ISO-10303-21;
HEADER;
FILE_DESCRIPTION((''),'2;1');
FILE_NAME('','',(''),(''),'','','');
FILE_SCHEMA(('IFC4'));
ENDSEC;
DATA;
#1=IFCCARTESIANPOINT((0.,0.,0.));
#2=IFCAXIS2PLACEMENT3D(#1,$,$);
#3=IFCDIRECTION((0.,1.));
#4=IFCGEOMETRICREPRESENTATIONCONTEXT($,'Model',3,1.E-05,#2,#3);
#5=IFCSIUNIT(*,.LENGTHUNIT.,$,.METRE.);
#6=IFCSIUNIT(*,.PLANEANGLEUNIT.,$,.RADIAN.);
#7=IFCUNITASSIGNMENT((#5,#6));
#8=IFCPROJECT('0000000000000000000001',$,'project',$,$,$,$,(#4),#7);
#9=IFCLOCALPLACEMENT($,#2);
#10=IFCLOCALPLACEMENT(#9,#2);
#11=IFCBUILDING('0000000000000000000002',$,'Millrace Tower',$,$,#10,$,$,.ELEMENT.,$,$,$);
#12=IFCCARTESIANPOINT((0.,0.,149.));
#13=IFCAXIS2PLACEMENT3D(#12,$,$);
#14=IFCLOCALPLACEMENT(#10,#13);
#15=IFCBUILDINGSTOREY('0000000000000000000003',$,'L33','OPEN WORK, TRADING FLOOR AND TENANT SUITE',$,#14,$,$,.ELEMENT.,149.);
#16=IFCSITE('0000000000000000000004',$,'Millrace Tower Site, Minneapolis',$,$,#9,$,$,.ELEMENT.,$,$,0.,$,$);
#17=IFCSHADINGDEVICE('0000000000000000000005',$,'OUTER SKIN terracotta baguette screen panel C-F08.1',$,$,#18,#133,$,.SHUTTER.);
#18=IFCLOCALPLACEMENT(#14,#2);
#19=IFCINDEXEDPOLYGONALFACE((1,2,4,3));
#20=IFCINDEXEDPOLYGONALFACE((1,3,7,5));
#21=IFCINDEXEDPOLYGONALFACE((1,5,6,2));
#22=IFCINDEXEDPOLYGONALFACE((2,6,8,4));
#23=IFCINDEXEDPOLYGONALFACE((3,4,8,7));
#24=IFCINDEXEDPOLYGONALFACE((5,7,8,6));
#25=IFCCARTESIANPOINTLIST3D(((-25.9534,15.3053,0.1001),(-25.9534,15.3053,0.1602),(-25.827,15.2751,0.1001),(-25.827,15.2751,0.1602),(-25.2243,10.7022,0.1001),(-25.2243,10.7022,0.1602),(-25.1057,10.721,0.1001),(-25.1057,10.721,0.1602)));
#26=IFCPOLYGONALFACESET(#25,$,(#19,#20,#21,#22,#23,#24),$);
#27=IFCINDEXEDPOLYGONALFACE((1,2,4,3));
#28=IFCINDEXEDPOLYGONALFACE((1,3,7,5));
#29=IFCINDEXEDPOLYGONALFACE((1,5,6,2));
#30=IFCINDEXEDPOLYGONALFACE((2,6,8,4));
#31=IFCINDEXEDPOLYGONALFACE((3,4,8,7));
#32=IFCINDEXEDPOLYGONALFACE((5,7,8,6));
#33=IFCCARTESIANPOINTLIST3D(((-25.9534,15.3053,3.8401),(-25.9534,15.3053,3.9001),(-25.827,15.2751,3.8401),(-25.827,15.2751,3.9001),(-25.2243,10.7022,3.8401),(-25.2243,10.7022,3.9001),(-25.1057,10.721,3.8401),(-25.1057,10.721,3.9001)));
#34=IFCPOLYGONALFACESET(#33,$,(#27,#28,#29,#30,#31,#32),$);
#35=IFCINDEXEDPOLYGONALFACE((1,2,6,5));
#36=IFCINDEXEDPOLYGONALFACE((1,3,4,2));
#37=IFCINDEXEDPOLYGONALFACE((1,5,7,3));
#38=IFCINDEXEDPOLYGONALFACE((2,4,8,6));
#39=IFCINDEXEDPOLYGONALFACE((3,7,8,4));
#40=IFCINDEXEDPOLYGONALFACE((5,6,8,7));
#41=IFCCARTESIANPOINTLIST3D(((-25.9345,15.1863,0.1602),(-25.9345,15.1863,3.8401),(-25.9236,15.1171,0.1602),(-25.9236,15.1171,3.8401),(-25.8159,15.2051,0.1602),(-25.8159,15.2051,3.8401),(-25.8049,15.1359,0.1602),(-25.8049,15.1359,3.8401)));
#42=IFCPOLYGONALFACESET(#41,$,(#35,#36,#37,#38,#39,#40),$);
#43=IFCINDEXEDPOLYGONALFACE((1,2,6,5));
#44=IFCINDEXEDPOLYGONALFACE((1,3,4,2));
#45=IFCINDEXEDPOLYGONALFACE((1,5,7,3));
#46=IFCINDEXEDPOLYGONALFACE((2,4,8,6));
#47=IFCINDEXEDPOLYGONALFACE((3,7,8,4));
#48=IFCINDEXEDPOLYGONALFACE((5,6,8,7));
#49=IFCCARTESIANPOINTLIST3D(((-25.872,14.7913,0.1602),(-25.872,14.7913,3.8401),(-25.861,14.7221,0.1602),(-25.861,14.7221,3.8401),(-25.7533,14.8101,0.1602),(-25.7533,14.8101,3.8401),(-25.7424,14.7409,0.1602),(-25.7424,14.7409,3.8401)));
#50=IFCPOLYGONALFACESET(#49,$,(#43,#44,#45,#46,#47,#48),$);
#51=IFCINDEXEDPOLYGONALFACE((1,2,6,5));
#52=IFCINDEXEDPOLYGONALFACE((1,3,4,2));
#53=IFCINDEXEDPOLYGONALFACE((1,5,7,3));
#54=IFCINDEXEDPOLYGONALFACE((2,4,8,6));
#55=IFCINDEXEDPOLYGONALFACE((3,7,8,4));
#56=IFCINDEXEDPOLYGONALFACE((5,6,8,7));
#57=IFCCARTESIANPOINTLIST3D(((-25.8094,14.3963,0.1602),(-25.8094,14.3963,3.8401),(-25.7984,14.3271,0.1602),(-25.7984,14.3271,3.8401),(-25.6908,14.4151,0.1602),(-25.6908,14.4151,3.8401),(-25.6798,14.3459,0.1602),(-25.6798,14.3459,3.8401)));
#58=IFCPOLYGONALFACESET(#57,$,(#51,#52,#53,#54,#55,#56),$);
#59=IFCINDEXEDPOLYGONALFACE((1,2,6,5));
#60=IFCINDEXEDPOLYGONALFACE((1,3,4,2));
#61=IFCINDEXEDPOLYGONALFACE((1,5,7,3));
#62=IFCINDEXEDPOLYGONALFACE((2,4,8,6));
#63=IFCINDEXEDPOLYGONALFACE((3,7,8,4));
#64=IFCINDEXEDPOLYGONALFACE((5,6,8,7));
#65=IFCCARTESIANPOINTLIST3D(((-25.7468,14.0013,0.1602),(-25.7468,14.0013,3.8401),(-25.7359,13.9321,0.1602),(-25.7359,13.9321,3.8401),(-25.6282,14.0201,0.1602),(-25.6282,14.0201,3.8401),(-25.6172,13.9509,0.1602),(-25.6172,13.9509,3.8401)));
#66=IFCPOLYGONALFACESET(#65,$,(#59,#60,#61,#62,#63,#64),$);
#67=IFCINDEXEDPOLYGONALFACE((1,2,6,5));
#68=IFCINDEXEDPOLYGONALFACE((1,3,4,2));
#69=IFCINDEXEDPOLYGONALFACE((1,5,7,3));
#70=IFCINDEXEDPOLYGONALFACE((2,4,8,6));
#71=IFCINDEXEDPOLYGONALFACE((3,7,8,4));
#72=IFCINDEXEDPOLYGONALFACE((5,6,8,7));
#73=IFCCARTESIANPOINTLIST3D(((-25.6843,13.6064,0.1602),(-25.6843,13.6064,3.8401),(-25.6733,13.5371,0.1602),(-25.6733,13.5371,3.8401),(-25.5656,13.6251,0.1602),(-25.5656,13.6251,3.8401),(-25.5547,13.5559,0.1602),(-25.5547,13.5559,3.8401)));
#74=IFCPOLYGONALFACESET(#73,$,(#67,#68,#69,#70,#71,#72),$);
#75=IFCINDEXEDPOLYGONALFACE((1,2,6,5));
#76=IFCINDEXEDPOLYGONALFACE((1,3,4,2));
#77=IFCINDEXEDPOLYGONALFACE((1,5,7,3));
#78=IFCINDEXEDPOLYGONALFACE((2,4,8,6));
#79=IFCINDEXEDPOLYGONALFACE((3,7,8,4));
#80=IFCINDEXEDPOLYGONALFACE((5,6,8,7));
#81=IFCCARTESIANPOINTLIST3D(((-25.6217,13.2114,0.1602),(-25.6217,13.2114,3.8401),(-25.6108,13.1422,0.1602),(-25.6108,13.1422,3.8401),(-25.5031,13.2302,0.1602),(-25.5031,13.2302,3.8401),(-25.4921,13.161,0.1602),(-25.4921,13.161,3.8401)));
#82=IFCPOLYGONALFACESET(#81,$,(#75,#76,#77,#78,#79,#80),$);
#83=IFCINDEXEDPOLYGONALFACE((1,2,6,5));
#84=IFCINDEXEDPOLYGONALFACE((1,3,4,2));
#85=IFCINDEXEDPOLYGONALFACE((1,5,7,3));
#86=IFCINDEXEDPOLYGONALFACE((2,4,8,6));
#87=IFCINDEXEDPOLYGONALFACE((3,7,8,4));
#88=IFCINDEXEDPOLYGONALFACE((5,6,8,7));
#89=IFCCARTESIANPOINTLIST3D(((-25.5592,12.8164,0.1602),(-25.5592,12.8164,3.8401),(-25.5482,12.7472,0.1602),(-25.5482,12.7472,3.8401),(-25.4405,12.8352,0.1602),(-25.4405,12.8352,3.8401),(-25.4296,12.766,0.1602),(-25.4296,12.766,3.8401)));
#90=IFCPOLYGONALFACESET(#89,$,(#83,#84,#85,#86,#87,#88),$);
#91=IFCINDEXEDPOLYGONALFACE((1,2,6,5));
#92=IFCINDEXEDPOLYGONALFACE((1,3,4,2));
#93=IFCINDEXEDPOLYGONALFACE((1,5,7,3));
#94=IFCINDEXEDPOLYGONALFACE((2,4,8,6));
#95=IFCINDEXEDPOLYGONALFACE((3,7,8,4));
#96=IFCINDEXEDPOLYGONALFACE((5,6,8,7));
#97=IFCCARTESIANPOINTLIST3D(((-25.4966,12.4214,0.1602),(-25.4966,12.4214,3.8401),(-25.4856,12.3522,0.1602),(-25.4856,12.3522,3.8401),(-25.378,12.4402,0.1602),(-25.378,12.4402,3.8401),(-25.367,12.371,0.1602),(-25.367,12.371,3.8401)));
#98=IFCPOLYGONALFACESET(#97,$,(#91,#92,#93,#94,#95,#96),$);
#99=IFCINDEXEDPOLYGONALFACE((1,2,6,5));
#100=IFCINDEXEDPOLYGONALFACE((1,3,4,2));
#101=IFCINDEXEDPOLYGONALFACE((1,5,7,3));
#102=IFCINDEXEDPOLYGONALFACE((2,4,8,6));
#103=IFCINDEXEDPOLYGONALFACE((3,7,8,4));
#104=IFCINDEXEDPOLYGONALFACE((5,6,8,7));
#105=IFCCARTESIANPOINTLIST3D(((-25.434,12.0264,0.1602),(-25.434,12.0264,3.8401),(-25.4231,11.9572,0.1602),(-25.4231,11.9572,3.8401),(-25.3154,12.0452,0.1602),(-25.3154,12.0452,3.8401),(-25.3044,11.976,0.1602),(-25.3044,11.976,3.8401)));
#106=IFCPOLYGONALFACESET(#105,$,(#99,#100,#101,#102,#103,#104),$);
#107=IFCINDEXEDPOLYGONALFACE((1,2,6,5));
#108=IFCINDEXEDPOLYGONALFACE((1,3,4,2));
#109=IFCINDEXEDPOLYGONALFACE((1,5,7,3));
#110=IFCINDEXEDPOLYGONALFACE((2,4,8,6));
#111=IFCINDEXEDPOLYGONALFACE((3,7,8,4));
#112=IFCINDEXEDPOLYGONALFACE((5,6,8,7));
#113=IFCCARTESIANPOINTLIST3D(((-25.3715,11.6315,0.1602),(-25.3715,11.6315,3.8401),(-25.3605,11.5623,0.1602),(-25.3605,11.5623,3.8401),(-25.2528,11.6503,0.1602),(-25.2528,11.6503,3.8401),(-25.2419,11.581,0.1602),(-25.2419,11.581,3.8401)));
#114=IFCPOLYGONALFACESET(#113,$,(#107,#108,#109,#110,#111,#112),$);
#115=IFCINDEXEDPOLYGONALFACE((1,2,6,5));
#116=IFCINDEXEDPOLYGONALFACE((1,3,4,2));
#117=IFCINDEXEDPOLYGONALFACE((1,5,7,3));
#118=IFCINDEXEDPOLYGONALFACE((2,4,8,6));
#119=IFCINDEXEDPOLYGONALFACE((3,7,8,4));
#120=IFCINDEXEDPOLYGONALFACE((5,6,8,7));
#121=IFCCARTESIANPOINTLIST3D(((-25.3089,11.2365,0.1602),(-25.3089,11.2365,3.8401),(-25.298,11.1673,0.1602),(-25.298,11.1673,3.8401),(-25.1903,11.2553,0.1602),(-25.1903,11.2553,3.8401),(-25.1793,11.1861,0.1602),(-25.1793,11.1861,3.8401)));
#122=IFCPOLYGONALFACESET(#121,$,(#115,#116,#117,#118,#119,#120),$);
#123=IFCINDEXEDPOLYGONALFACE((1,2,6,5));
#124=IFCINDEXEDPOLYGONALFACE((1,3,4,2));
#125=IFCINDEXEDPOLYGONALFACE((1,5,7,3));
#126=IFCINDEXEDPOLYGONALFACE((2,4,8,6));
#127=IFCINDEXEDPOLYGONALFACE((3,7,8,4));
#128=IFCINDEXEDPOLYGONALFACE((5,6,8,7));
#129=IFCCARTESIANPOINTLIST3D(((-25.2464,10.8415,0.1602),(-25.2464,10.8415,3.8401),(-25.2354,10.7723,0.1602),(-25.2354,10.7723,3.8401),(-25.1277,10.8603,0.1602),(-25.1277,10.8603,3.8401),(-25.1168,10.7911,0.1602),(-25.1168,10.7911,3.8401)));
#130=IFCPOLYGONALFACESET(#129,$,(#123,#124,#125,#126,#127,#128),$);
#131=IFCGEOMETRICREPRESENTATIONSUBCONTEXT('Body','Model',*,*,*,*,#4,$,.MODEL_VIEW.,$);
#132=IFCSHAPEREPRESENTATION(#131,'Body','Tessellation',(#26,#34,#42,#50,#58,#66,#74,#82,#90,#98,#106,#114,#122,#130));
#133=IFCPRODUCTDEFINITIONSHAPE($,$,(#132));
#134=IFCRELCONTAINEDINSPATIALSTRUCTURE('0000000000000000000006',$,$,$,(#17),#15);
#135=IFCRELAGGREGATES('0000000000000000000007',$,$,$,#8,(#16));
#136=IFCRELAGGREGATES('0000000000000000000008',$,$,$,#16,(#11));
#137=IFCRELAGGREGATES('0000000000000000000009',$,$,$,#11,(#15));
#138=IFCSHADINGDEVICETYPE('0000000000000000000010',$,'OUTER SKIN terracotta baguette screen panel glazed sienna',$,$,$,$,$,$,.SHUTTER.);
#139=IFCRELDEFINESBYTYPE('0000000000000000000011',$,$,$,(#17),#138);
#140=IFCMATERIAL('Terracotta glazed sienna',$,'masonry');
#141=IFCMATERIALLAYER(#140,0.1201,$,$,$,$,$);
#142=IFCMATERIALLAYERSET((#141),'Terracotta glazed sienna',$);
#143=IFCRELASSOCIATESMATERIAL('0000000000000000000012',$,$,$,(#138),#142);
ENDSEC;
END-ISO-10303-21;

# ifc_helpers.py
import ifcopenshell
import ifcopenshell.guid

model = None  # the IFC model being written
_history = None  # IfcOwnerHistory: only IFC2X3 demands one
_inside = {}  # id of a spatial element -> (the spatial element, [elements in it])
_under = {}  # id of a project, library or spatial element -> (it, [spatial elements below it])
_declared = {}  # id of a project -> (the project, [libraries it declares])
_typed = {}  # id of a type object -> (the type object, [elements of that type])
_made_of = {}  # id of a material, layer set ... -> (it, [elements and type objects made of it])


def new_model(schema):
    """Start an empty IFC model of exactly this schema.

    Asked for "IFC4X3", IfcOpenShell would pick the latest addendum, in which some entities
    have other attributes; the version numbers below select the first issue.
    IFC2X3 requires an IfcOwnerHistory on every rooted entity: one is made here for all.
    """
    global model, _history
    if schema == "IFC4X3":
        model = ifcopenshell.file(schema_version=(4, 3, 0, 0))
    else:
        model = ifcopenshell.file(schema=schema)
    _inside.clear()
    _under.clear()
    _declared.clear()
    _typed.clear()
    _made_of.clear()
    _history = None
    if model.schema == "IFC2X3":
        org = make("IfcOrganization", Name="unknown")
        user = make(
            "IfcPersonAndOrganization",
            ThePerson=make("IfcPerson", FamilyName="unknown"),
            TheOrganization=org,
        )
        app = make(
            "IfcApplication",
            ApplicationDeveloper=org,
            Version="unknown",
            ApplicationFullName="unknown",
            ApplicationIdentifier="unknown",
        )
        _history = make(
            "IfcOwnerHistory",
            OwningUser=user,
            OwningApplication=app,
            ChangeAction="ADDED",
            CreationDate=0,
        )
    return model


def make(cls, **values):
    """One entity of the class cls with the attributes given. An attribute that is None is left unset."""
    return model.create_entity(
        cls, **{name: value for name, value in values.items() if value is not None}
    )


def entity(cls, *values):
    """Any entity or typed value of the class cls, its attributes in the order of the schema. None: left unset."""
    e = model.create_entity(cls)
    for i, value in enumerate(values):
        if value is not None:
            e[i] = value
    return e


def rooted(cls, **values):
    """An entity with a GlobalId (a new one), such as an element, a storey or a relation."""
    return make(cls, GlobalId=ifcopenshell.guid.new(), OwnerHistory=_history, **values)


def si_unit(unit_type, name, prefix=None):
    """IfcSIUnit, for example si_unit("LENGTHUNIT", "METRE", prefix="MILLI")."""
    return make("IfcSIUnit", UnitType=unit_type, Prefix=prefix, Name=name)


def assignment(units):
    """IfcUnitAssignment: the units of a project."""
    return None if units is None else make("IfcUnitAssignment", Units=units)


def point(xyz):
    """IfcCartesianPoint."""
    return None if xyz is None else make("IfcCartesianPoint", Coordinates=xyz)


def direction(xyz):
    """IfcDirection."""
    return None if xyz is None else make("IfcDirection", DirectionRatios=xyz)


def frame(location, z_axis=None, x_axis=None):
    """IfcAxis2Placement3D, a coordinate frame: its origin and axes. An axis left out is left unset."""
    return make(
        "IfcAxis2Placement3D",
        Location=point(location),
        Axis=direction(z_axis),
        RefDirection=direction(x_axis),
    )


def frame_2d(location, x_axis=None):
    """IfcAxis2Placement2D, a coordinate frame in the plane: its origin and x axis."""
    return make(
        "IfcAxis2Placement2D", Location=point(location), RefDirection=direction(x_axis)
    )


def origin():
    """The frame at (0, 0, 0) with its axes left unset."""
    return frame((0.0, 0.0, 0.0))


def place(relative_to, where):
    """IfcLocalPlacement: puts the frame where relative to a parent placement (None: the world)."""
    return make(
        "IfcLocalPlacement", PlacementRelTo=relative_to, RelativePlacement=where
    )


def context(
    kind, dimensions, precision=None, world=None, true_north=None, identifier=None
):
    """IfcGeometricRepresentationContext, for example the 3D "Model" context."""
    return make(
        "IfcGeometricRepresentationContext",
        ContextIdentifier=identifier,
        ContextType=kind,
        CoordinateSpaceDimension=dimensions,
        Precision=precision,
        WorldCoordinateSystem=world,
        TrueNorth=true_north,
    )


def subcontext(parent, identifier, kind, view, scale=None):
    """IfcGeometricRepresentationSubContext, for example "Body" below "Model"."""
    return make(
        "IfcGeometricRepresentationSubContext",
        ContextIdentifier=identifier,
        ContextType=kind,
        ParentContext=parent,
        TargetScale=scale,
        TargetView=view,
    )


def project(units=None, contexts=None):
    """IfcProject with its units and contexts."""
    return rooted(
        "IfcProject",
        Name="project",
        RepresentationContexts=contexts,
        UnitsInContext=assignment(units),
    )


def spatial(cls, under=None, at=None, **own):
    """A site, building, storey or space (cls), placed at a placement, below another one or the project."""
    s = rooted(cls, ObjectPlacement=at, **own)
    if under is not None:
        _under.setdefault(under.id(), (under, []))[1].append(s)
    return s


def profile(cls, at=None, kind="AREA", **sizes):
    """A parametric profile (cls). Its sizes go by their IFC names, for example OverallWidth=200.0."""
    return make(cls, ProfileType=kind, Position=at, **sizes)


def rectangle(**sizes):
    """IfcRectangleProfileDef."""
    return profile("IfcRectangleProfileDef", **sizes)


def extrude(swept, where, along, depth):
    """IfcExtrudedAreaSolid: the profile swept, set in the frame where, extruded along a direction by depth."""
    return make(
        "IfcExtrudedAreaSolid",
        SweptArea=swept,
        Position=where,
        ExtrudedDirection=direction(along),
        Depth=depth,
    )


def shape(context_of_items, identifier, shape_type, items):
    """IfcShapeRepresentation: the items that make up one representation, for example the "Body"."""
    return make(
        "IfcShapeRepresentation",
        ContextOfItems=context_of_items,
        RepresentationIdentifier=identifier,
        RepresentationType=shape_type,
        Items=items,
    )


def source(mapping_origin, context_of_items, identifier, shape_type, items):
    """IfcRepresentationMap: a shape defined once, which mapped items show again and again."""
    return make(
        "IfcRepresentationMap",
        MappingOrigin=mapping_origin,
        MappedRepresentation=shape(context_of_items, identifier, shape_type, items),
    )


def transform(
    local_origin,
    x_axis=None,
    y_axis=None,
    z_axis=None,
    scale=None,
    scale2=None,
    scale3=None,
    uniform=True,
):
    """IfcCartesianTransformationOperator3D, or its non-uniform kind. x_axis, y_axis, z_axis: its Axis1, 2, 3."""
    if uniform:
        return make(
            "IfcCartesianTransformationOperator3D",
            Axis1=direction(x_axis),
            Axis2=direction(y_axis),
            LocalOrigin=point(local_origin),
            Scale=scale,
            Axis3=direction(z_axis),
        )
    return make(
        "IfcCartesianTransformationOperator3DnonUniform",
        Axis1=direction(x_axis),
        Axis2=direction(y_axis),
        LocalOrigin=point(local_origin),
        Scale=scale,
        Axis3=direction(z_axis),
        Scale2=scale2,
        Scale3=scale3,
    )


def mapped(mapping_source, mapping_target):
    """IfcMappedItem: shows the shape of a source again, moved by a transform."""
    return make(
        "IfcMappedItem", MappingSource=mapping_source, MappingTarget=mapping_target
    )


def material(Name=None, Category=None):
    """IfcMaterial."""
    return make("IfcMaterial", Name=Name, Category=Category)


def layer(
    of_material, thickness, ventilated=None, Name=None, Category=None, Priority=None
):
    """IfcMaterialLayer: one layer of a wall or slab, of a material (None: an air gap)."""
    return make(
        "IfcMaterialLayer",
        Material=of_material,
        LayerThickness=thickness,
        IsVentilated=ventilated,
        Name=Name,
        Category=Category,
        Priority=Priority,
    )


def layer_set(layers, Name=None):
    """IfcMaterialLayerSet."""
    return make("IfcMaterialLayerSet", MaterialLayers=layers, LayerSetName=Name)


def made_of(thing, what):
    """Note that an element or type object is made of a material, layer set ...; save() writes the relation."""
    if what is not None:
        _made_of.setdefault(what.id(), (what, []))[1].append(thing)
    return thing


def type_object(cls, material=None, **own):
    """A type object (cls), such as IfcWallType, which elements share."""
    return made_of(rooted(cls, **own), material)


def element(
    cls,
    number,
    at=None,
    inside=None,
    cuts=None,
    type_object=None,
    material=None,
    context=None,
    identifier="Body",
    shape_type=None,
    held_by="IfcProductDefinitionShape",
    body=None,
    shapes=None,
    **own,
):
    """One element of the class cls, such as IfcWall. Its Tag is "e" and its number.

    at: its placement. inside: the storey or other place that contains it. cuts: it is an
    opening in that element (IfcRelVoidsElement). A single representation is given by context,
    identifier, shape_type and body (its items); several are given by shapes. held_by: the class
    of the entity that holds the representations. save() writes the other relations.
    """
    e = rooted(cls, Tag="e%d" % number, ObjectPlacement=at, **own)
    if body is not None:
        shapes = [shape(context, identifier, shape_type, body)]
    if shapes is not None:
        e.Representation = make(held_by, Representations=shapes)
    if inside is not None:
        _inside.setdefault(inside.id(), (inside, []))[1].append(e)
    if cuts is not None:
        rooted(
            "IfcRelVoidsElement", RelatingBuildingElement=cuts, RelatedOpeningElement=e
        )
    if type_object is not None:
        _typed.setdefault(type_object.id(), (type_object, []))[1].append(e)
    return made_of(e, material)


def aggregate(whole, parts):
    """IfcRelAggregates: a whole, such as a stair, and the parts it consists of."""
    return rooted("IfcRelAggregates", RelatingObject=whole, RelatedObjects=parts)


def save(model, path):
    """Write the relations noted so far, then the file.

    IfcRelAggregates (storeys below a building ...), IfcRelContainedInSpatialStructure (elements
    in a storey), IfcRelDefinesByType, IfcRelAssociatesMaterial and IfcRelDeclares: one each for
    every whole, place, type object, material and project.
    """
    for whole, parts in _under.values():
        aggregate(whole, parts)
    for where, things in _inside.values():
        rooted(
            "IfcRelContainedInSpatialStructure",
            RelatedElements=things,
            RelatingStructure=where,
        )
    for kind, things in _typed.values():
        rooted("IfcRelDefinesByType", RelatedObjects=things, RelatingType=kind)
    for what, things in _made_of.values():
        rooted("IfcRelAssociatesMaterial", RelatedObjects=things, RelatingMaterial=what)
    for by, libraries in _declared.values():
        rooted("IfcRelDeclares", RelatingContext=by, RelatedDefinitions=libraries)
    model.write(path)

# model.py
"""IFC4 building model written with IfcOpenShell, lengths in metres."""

from ifc_helpers import new_model, entity, si_unit, direction, frame, frame_2d, origin, place, context, subcontext, project, spatial, rectangle, extrude, source, transform, mapped, material, layer, layer_set, type_object, element, save


model = new_model("IFC4")

# Units and contexts
model_context = context("Model", 3, precision=1e-05, world=origin(), true_north=direction((0.0, 1.0)))
body_context = subcontext(model_context, "Body", "Model", "MODEL_VIEW")
ifc_project = project(units=[si_unit("LENGTHUNIT", "METRE"), si_unit("PLANEANGLEUNIT", "RADIAN")], contexts=[model_context])

# Site, building, storey
site_placement = place(None, origin())
site = spatial("IfcSite", under=ifc_project, at=site_placement, Name="Millrace Tower Site, Minneapolis", CompositionType="ELEMENT", RefElevation=0.0)
building_placement = place(site_placement, origin())
building = spatial("IfcBuilding", under=site, at=building_placement, Name="Millrace Tower", CompositionType="ELEMENT")
storey_placement = place(building_placement, frame((0.0, 0.0, 149.0)))
storey = spatial("IfcBuildingStorey", under=building, at=storey_placement, Name="L33", Description="OPEN WORK, TRADING FLOOR AND TENANT SUITE", CompositionType="ELEMENT", Elevation=149.0)

# Shading device
ifc_material_1 = material(Name="Terracotta glazed sienna", Category="masonry")
ifc_layer_1 = layer(ifc_material_1, 0.1201)
ifc_layer_set_1 = layer_set([ifc_layer_1], Name="Terracotta glazed sienna")
shading_device_type = type_object("IfcShadingDeviceType", Name="OUTER SKIN terracotta baguette screen panel glazed sienna", PredefinedType="SHUTTER", material=ifc_layer_set_1)
cartesian_point_1 = entity("IfcCartesianPoint", [-2.293, 0.0601])
shared_polyline_1 = entity("IfcPolyline", [cartesian_point_1, entity("IfcCartesianPoint", [2.3179, 0.0601]), entity("IfcCartesianPoint", [2.3179, -0.0601]), entity("IfcCartesianPoint", [-2.3425, -0.0601]), cartesian_point_1])
shared_shape_1 = source(origin(), body_context, "Body", "SweptSolid", [
    entity("IfcExtrudedAreaSolid", entity("IfcArbitraryClosedProfileDef", "AREA", None, shared_polyline_1), entity("IfcAxis2Placement3D", entity("IfcCartesianPoint", [0.0, 0.0, 0.0])), entity("IfcDirection", [0.0, 0.0, 1.0]), 0.0601),
    entity("IfcExtrudedAreaSolid", entity("IfcArbitraryClosedProfileDef", "AREA", None, shared_polyline_1), entity("IfcAxis2Placement3D", entity("IfcCartesianPoint", [0.0, 0.0, 3.74])), entity("IfcDirection", [0.0, 0.0, 1.0]), 0.0601),
    extrude(rectangle(XDim=0.0701, YDim=0.1201, at=frame_2d((-2.187, 0.0))), frame((0.0, 0.0, 0.0601)), (0.0, 0.0, 1.0), 3.6799),
    extrude(rectangle(XDim=0.0701, YDim=0.1201, at=frame_2d((-1.7871, 0.0))), frame((0.0, 0.0, 0.0601)), (0.0, 0.0, 1.0), 3.6799),
    extrude(rectangle(XDim=0.0701, YDim=0.1201, at=frame_2d((-1.3872, 0.0))), frame((0.0, 0.0, 0.0601)), (0.0, 0.0, 1.0), 3.6799),
    extrude(rectangle(XDim=0.0701, YDim=0.1201, at=frame_2d((-0.9873, 0.0))), frame((0.0, 0.0, 0.0601)), (0.0, 0.0, 1.0), 3.6799),
    extrude(rectangle(XDim=0.0701, YDim=0.1201, at=frame_2d((-0.5874, 0.0))), frame((0.0, 0.0, 0.0601)), (0.0, 0.0, 1.0), 3.6799),
    extrude(rectangle(XDim=0.0701, YDim=0.1201, at=frame_2d((-0.1875, 0.0))), frame((0.0, 0.0, 0.0601)), (0.0, 0.0, 1.0), 3.6799),
    extrude(rectangle(XDim=0.0701, YDim=0.1201, at=frame_2d((0.2124, 0.0))), frame((0.0, 0.0, 0.0601)), (0.0, 0.0, 1.0), 3.6799),
    extrude(rectangle(XDim=0.0701, YDim=0.1201, at=frame_2d((0.6123, 0.0))), frame((0.0, 0.0, 0.0601)), (0.0, 0.0, 1.0), 3.6799),
    extrude(rectangle(XDim=0.0701, YDim=0.1201, at=frame_2d((1.0122, 0.0))), frame((0.0, 0.0, 0.0601)), (0.0, 0.0, 1.0), 3.6799),
    extrude(rectangle(XDim=0.0701, YDim=0.1201, at=frame_2d((1.4121, 0.0))), frame((0.0, 0.0, 0.0601)), (0.0, 0.0, 1.0), 3.6799),
    extrude(rectangle(XDim=0.0701, YDim=0.1201, at=frame_2d((1.812, 0.0))), frame((0.0, 0.0, 0.0601)), (0.0, 0.0, 1.0), 3.6799),
    extrude(rectangle(XDim=0.0701, YDim=0.1201, at=frame_2d((2.2119, 0.0))), frame((0.0, 0.0, 0.0601)), (0.0, 0.0, 1.0), 3.6799),
])
shading_device_1_placement = place(storey_placement, frame((-25.5276, 13.001, 0.1001), z_axis=(0.0, 0.0, 1.0), x_axis=(0.156434, -0.987688, 0.0)))
element("IfcShadingDevice", 1, at=shading_device_1_placement, inside=storey, type_object=shading_device_type, Name="OUTER SKIN terracotta baguette screen panel C-F08.1", PredefinedType="SHUTTER", context=body_context, shape_type="MappedRepresentation", body=[
    mapped(shared_shape_1, transform((0.0, 0.0, 0.0), scale=1.0)),
])

save(model, "model.ifc")
